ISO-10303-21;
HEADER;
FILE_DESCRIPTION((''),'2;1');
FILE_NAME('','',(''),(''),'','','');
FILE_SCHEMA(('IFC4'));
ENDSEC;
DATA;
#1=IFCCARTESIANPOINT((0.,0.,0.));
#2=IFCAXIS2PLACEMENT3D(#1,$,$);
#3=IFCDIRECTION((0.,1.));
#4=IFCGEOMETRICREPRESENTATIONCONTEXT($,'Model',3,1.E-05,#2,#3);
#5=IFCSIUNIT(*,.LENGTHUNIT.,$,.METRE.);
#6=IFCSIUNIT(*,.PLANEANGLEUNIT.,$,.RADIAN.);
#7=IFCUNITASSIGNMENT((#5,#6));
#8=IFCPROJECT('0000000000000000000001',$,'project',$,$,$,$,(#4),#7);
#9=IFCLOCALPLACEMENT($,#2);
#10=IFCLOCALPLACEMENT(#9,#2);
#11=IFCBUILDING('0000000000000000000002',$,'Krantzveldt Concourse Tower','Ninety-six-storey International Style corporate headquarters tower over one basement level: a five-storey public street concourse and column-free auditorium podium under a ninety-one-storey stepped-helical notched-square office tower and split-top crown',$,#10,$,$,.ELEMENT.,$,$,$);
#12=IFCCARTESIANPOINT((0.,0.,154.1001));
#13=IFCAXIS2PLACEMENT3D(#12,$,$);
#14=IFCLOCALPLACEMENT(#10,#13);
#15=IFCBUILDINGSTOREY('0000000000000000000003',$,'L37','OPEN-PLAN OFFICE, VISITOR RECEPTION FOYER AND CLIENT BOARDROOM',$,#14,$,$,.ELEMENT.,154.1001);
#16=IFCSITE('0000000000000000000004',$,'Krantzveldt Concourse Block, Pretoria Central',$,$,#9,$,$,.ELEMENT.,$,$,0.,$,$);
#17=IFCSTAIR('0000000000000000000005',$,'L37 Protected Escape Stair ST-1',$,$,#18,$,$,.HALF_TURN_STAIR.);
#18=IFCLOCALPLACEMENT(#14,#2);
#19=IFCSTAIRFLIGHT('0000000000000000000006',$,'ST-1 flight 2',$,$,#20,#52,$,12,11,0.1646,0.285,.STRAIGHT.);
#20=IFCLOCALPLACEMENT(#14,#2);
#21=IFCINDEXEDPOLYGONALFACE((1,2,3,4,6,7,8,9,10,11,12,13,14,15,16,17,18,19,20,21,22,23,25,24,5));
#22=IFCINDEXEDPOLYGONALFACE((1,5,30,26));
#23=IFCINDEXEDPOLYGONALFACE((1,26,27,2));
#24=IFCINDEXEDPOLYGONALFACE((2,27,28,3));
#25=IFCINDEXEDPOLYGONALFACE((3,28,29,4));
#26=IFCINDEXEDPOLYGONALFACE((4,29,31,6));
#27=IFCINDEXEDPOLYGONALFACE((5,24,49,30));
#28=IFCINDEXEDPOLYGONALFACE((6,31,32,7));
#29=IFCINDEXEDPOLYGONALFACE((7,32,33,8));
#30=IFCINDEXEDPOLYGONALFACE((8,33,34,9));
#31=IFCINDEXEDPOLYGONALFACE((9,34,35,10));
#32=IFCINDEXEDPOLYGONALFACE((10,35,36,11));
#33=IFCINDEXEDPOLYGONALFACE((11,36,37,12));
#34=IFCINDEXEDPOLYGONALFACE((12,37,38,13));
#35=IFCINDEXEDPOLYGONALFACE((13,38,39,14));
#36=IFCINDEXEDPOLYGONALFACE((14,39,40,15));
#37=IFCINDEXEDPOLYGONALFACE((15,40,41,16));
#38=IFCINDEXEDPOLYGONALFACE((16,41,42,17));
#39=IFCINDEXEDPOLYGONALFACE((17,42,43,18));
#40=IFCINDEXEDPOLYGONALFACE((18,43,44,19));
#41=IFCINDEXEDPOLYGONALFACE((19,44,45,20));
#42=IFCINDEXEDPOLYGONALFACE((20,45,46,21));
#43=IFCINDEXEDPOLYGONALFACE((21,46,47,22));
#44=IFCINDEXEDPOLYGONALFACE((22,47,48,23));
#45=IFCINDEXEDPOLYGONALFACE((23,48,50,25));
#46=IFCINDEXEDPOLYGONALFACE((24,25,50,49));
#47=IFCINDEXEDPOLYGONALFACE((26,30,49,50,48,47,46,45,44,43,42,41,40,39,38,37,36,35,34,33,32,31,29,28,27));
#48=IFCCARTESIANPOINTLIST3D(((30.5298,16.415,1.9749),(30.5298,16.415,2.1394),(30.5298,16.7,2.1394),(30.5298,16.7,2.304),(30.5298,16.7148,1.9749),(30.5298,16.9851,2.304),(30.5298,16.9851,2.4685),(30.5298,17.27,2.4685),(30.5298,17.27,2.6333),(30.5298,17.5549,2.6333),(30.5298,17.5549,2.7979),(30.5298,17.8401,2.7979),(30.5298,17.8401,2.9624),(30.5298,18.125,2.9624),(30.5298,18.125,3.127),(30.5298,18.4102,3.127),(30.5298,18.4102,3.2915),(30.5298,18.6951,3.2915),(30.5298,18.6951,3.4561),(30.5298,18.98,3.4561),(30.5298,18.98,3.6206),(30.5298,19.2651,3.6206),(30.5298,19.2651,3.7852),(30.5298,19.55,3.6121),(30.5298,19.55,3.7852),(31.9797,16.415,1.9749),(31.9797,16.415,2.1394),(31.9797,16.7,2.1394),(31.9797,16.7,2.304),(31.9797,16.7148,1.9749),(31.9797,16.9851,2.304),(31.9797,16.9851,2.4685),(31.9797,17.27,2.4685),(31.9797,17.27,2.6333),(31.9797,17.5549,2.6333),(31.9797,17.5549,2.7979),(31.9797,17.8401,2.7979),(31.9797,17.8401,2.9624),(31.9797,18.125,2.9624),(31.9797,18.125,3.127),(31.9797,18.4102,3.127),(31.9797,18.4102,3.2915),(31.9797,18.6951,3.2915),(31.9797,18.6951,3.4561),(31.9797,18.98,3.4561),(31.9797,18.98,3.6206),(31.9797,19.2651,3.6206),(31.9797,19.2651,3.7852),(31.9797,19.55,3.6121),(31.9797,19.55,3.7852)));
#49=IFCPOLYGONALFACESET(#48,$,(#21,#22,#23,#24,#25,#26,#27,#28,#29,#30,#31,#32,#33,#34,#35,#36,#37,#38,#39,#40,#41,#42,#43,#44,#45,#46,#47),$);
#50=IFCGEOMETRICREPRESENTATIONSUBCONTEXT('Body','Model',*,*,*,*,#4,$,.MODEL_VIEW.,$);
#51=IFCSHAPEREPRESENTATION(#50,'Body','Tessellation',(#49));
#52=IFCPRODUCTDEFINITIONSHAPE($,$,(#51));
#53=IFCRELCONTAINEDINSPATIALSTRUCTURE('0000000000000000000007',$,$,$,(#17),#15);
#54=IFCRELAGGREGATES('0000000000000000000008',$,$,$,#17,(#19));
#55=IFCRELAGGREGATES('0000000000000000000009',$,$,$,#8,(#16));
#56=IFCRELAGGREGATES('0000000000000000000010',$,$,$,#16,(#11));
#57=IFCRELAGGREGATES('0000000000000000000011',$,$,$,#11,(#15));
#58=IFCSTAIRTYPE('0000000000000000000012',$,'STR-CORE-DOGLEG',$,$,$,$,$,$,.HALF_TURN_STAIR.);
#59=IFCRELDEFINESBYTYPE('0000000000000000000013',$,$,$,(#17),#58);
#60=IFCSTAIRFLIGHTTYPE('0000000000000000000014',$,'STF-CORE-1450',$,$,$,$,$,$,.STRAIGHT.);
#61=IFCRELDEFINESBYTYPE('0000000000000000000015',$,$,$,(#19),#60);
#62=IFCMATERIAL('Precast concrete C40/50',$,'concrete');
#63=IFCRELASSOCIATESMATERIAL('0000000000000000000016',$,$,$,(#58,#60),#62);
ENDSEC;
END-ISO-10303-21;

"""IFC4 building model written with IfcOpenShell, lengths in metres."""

from ifc_helpers import new_model, si_unit, direction, frame, origin, place, context, subcontext, project, spatial, polyline, outline, extrude, material, type_object, element, aggregate, save


model = new_model("IFC4")

# Units and contexts
model_context = context("Model", 3, precision=1e-05, world=origin(), true_north=direction((0.0, 1.0)))
body_context = subcontext(model_context, "Body", "Model", "MODEL_VIEW")
ifc_project = project(units=[si_unit("LENGTHUNIT", "METRE"), si_unit("PLANEANGLEUNIT", "RADIAN")], contexts=[model_context])

# Site, building, storey
site_placement = place(None, origin())
site = spatial("IfcSite", under=ifc_project, at=site_placement, Name="Krantzveldt Concourse Block, Pretoria Central", CompositionType="ELEMENT", RefElevation=0.0)
building_placement = place(site_placement, origin())
building = spatial("IfcBuilding", under=site, at=building_placement, Name="Krantzveldt Concourse Tower", Description="Ninety-six-storey International Style corporate headquarters tower over one basement level: a five-storey public street concourse and column-free auditorium podium under a ninety-one-storey stepped-helical notched-square office tower and split-top crown", CompositionType="ELEMENT")
storey_placement = place(building_placement, frame((0.0, 0.0, 154.1001)))
storey = spatial("IfcBuildingStorey", under=building, at=storey_placement, Name="L37", Description="OPEN-PLAN OFFICE, VISITOR RECEPTION FOYER AND CLIENT BOARDROOM", CompositionType="ELEMENT", Elevation=154.1001)

# Stair, stair flight
ifc_material_1 = material(Name="Precast concrete C40/50", Category="concrete")
stair_type = type_object("IfcStairType", Name="STR-CORE-DOGLEG", PredefinedType="HALF_TURN_STAIR", material=ifc_material_1)
stair_placement = place(storey_placement, origin())
stair = element("IfcStair", 1, at=stair_placement, inside=storey, type_object=stair_type, Name="L37 Protected Escape Stair ST-1", PredefinedType="HALF_TURN_STAIR")
stair_flight_type = type_object("IfcStairFlightType", Name="STF-CORE-1450", PredefinedType="STRAIGHT", material=ifc_material_1)
stair_flight_1_placement = place(storey_placement, frame((31.2549, 16.415, 1.9749), z_axis=(0.0, 0.0, 1.0), x_axis=(0.0, 1.0, 0.0)))
stair_flight_1 = element("IfcStairFlight", 2, at=stair_flight_1_placement, type_object=stair_flight_type, Name="ST-1 flight 2", NumberOfRisers=12, NumberOfTreads=11, PredefinedType="STRAIGHT", RiserHeight=0.1646, TreadLength=0.285, context=body_context, shape_type="SweptSolid", body=[
    extrude(outline(polyline([(0.0, 0.0), (0.0, 0.1646), (0.2849, 0.1646), (0.2849, 0.3291), (0.5701, 0.3291), (0.5701, 0.4937), (0.855, 0.4937), (0.855, 0.6584), (1.1399, 0.6584), (1.1399, 0.823), (1.425, 0.823), (1.425, 0.9875), (1.71, 0.9875), (1.71, 1.1521), (1.9951, 1.1521), (1.9951, 1.3167), (2.28, 1.3167), (2.28, 1.4812), (2.5649, 1.4812), (2.5649, 1.6458), (2.8501, 1.6458), (2.8501, 1.8103), (3.135, 1.8103), (3.135, 1.9751), (3.135, 1.6372), (0.2998, 0.0), (0.0, 0.0)])), frame((0.0, 0.7251, 0.0), z_axis=(0.0, -1.0, 0.0), x_axis=(1.0, 0.0, 0.0)), (0.0, 0.0, 1.0), 1.45),
])
aggregate(stair, [stair_flight_1])

save(model, "model.ifc")
